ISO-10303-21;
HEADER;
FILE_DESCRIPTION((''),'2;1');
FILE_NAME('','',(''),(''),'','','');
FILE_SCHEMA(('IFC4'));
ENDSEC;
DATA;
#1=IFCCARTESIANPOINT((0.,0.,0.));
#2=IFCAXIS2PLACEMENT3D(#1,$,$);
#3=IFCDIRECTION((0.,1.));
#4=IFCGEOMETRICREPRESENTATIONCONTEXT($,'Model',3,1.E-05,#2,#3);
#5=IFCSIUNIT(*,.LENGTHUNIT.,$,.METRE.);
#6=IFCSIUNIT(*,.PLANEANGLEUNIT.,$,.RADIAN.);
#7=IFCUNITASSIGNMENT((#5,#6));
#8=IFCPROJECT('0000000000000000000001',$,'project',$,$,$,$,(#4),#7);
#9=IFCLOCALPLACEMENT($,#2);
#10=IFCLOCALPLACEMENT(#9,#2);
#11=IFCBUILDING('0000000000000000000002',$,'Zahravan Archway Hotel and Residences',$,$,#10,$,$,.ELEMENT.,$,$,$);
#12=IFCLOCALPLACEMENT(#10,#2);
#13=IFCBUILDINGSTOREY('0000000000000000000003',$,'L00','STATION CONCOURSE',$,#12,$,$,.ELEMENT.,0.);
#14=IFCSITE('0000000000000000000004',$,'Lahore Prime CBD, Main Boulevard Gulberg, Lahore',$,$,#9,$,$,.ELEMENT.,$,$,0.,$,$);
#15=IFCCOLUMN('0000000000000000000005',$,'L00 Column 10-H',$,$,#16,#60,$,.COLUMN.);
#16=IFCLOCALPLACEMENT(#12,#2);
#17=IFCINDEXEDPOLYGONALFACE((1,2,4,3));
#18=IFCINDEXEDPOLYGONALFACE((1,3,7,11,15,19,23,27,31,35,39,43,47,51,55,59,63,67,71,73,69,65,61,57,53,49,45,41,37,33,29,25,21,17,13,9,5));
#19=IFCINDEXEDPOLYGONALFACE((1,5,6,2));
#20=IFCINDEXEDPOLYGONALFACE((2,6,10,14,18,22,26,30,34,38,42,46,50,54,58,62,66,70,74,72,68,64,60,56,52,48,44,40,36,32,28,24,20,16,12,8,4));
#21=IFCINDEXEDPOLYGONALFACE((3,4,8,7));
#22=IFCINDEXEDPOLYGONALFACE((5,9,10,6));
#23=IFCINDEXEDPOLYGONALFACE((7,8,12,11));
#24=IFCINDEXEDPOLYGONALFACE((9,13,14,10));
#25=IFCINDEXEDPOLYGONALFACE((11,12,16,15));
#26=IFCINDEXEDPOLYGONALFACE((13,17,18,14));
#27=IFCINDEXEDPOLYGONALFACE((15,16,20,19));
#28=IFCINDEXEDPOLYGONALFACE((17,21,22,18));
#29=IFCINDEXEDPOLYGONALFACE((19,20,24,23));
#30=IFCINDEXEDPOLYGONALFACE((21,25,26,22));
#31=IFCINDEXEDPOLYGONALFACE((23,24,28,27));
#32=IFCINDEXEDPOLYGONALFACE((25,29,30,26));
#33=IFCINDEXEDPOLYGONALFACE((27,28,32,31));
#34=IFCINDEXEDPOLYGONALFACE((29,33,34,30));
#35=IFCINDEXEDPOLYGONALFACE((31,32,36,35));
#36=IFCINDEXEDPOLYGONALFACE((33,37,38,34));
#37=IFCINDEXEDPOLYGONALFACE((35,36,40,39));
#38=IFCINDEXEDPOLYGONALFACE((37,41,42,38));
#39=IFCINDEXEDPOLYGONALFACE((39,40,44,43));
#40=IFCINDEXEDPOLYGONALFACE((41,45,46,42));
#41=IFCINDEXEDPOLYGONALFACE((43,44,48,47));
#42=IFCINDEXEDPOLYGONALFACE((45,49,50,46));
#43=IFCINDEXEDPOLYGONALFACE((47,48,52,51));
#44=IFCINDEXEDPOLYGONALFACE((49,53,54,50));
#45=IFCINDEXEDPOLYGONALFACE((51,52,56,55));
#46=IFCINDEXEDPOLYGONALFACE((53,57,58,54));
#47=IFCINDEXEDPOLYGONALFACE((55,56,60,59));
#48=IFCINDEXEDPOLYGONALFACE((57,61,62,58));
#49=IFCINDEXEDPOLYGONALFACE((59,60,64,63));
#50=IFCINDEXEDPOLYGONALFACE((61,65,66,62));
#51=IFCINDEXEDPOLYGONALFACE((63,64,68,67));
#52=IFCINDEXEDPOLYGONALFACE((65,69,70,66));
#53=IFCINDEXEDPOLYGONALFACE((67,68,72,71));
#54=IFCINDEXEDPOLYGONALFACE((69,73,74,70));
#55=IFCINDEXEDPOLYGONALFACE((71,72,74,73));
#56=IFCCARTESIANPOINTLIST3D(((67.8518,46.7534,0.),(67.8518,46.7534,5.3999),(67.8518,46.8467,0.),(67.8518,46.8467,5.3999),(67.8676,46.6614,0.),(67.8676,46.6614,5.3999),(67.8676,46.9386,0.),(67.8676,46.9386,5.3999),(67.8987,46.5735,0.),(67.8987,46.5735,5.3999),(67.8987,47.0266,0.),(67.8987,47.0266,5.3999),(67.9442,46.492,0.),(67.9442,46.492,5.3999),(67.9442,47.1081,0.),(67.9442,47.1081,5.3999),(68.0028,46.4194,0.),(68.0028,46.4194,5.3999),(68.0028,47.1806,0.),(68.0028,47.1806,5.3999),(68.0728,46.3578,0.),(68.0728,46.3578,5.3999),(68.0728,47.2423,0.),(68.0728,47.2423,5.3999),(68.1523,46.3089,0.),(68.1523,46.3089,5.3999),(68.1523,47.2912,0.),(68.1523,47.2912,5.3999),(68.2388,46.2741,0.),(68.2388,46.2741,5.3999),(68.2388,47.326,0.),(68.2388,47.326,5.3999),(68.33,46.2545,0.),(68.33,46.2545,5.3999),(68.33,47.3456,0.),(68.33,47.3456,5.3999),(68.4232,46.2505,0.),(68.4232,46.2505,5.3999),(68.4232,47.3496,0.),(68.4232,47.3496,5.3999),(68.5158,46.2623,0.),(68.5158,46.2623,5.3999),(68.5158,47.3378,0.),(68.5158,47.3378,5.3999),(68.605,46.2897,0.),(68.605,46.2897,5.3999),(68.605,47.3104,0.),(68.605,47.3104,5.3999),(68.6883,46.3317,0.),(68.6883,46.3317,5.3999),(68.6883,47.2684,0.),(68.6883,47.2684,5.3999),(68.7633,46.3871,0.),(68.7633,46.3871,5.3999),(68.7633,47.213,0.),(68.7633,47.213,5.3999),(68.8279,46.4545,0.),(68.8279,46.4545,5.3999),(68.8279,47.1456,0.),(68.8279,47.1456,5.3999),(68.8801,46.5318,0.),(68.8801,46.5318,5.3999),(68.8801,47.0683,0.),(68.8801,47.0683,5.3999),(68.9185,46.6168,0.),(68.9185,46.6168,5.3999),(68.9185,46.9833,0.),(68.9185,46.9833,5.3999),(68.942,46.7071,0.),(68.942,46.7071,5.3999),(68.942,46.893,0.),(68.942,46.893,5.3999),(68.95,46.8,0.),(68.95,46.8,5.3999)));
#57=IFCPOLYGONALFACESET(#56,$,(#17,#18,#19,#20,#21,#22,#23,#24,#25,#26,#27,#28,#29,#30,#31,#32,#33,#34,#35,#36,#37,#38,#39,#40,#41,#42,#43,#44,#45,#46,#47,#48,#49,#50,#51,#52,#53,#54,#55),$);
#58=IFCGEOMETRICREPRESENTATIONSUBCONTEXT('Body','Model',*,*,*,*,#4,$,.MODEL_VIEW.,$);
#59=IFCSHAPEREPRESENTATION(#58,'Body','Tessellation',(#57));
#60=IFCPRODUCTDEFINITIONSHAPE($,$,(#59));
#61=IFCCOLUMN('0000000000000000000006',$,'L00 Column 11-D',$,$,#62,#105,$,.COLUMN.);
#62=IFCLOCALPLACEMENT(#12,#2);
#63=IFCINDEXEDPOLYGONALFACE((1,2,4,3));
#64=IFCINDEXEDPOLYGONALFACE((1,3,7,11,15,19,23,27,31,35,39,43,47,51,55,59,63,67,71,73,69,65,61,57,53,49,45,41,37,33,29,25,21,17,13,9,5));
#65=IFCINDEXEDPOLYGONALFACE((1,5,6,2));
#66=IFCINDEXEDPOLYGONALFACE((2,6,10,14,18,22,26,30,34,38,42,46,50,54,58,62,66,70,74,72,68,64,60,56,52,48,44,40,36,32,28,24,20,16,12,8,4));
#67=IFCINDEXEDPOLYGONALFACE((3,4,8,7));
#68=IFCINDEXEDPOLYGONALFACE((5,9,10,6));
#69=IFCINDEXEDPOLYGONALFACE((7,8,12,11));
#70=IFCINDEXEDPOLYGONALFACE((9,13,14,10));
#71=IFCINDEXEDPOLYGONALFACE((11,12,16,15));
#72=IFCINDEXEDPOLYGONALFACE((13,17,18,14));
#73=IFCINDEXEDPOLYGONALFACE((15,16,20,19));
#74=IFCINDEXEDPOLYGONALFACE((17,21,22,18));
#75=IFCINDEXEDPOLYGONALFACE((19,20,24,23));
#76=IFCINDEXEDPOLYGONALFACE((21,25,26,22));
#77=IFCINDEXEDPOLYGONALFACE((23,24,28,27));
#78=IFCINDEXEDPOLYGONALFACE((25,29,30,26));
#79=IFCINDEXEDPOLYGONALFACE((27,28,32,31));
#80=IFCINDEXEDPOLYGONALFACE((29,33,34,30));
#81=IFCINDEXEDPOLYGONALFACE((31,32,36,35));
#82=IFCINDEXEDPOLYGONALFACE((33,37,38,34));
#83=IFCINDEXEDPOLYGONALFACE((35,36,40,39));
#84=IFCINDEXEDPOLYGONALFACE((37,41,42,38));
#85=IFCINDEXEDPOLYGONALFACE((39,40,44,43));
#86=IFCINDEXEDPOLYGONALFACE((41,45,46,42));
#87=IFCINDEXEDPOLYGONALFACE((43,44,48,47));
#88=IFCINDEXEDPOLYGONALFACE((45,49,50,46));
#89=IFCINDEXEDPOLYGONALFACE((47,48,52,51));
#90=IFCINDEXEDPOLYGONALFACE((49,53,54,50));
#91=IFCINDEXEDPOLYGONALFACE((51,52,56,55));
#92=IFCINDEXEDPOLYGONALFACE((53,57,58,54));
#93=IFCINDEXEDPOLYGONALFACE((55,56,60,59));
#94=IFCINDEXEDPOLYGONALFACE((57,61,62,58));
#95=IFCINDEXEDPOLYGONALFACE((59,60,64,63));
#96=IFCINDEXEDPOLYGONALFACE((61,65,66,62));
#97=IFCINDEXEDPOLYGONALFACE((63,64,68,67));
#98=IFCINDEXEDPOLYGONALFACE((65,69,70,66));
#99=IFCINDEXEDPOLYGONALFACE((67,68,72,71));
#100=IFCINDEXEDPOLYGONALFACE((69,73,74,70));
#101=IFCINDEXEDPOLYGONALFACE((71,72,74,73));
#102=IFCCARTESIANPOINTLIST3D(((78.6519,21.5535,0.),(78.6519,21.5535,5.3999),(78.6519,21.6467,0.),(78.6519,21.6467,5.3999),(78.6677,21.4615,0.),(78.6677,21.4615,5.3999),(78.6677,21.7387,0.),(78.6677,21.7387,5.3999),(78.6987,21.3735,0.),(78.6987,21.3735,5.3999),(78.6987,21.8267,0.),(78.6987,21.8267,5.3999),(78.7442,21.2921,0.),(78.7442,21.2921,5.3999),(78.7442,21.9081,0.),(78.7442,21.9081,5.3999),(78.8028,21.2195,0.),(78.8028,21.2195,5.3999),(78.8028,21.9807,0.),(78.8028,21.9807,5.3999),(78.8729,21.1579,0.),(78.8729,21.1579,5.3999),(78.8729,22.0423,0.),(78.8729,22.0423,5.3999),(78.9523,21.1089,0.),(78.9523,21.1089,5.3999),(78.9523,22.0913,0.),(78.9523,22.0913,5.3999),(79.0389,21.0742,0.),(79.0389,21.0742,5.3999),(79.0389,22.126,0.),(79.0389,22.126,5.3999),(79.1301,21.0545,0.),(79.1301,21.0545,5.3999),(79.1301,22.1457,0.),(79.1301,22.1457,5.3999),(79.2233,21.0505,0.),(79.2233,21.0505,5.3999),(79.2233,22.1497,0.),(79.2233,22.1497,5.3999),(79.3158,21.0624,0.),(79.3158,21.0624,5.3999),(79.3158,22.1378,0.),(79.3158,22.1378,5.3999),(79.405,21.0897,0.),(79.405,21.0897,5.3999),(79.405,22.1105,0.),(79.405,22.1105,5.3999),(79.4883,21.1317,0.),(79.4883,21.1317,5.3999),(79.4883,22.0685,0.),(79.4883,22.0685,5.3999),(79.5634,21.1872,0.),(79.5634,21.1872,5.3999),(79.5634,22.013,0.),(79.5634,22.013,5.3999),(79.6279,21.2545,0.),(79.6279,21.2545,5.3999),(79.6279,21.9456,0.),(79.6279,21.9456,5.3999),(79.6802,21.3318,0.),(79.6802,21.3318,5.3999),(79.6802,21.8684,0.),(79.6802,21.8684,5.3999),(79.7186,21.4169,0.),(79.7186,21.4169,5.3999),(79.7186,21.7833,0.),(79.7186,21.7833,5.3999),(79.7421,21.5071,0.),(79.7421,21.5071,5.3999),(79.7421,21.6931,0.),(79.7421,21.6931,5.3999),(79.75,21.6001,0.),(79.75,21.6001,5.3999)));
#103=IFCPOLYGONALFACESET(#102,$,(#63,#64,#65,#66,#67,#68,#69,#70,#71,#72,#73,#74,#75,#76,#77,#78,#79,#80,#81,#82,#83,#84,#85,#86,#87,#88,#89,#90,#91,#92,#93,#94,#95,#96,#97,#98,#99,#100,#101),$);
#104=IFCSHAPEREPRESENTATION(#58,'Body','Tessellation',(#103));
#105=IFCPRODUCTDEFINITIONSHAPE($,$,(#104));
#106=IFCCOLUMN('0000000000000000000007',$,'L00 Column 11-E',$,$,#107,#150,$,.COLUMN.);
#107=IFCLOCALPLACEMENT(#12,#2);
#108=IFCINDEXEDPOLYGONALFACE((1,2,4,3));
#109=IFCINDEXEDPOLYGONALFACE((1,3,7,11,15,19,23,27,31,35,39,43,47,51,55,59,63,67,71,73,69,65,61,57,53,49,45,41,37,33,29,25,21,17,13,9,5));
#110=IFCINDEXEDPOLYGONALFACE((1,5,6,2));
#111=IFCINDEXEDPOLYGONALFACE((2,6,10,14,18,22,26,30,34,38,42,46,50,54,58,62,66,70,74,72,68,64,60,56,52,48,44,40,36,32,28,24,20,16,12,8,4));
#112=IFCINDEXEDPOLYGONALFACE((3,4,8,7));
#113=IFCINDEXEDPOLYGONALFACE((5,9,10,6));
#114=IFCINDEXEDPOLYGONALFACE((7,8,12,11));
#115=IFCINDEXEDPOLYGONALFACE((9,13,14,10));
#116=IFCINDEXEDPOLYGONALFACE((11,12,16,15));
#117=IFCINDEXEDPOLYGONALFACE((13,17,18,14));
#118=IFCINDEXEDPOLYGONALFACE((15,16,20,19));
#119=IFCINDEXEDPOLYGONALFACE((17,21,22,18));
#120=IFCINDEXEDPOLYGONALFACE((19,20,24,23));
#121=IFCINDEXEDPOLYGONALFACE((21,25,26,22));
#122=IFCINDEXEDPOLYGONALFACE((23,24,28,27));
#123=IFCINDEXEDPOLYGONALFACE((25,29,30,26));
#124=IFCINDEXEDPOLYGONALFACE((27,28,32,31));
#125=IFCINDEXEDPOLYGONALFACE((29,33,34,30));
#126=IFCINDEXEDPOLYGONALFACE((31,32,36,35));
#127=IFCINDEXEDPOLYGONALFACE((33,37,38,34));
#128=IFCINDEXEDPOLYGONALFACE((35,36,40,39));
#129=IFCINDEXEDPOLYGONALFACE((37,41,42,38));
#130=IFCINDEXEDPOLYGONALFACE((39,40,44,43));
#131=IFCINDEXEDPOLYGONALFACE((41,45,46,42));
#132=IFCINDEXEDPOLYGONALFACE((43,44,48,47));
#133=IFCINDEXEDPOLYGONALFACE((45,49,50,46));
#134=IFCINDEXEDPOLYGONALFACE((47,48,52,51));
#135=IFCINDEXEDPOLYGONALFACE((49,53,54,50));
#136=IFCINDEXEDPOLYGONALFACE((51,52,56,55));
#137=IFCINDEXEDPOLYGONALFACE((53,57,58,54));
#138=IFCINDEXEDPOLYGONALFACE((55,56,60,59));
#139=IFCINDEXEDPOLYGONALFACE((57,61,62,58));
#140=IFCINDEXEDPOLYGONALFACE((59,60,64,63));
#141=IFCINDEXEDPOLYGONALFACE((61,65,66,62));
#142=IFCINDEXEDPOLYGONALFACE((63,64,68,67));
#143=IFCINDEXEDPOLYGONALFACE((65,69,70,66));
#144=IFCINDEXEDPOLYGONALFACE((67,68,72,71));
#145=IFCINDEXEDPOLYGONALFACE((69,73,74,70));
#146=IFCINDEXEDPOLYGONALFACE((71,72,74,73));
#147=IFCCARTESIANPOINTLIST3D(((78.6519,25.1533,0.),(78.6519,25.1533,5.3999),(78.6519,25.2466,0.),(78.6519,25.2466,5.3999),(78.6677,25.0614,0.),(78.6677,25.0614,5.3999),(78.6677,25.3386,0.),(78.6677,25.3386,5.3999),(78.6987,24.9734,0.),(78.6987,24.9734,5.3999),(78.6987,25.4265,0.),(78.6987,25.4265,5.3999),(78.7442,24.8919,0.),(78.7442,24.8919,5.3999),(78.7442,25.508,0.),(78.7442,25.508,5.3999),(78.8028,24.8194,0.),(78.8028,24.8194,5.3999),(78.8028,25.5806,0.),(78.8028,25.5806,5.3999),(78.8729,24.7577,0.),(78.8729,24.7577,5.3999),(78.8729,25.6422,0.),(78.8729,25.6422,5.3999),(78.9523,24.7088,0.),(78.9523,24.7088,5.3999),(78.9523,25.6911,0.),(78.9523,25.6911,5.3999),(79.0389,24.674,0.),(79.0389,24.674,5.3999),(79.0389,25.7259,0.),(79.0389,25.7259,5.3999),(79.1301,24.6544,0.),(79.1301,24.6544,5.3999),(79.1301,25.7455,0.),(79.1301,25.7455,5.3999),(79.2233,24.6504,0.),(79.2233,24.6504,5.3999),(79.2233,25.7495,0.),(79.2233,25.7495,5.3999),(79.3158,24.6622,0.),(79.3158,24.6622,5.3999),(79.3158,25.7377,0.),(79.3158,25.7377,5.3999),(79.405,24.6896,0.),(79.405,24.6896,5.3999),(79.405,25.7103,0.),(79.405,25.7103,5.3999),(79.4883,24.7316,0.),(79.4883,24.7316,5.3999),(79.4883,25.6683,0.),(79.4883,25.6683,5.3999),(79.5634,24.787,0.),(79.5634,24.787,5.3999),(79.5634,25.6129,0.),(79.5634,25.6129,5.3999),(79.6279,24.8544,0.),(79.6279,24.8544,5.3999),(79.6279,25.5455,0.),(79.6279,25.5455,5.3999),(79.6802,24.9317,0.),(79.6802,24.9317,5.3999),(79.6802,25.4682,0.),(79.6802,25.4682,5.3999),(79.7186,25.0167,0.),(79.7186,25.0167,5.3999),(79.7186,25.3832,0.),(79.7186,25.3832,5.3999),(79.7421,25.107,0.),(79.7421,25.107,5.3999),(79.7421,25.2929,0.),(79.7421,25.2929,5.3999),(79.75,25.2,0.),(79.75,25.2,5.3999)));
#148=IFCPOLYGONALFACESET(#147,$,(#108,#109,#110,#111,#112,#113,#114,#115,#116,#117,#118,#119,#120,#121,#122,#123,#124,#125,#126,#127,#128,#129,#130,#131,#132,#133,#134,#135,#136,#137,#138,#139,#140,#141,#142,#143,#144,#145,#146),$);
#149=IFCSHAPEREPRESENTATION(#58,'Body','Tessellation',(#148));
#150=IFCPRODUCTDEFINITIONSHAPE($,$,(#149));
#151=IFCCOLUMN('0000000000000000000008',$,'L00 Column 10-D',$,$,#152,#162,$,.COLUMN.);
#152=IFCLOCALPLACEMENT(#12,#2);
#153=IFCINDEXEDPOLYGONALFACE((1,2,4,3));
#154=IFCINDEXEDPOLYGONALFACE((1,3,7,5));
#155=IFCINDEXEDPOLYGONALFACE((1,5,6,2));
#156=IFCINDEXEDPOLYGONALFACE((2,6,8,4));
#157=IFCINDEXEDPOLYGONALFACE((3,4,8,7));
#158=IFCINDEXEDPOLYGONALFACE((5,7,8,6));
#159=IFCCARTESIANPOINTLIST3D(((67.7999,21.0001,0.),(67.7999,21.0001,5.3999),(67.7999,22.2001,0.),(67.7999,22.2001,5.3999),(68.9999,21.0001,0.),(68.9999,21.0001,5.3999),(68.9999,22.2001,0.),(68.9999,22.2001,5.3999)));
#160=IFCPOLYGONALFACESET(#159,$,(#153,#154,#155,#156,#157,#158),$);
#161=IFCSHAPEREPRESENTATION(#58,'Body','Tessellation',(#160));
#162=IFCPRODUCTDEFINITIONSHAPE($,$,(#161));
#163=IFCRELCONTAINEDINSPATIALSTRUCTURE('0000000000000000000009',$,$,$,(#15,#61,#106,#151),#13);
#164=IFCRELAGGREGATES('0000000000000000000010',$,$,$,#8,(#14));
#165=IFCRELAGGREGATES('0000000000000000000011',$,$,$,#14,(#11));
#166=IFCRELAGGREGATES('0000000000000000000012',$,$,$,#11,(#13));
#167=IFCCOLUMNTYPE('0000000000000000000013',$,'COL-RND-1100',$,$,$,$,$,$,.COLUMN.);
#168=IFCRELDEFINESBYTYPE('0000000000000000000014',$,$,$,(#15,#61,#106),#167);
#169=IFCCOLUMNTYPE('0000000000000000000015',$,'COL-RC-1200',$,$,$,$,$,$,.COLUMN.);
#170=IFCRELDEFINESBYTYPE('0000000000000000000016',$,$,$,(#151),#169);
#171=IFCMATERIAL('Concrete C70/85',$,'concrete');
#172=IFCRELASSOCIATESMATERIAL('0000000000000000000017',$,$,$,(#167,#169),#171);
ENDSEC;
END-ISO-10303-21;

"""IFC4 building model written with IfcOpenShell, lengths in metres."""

from ifc_helpers import new_model, si_unit, direction, frame, origin, origin_2d, place, context, subcontext, project, spatial, rectangle, circle, extrude, source, transform, mapped, material, material_profile, profile_set, type_object, type_shapes, element, save


model = new_model("IFC4")

# Units and contexts
model_context = context("Model", 3, precision=1e-05, world=origin(), true_north=direction((0.0, 1.0)))
body_context = subcontext(model_context, "Body", "Model", "MODEL_VIEW")
ifc_project = project(units=[si_unit("LENGTHUNIT", "METRE"), si_unit("PLANEANGLEUNIT", "RADIAN")], contexts=[model_context])

# Site, building, storey
site_placement = place(None, origin())
site = spatial("IfcSite", under=ifc_project, at=site_placement, Name="Lahore Prime CBD, Main Boulevard Gulberg, Lahore", CompositionType="ELEMENT", RefElevation=0.0)
building_placement = place(site_placement, origin())
building = spatial("IfcBuilding", under=site, at=building_placement, Name="Zahravan Archway Hotel and Residences", CompositionType="ELEMENT")
storey_placement = place(building_placement, origin())
storey = spatial("IfcBuildingStorey", under=building, at=storey_placement, Name="L00", Description="STATION CONCOURSE", CompositionType="ELEMENT", Elevation=0.0)

# Columns
ifc_material_1 = material(Name="Concrete C70/85", Category="concrete")
ifc_material_profile_1 = material_profile(ifc_material_1, circle(Radius=0.55, at=origin_2d()), Name="RC-CIRC-1100", Category="concrete")
ifc_profile_set_1 = profile_set([ifc_material_profile_1], Name="Concrete C70/85")
column_type_1 = type_object("IfcColumnType", Name="COL-RND-1100", PredefinedType="COLUMN", material=ifc_profile_set_1)
shared_shape_1 = source(origin(), body_context, "Body", "SweptSolid", [
    extrude(circle(Radius=0.55, at=origin_2d()), origin(), (0.0, 0.0, 1.0), 5.3999),
])
type_shapes(column_type_1, [shared_shape_1])
for number, where, z_axis, x_axis, name in (
    (1, (68.3999, 46.8, 0.0), (0.0, 0.0, 1.0), (1.0, 0.0, 0.0), "L00 Column 10-H"),
    (2, (79.2, 21.6001, 0.0), (0.0, 0.0, 1.0), (1.0, 0.0, 0.0), "L00 Column 11-D"),
    (3, (79.2, 25.2, 0.0), (0.0, 0.0, 1.0), (1.0, 0.0, 0.0), "L00 Column 11-E"),
):
    element("IfcColumn", number, at=place(storey_placement, frame(where, z_axis=z_axis, x_axis=x_axis)), inside=storey, type_object=column_type_1, Name=name, PredefinedType="COLUMN", context=body_context, shape_type="MappedRepresentation", body=[
        mapped(shared_shape_1, transform((0.0, 0.0, 0.0), scale=1.0)),
    ])
ifc_material_profile_2 = material_profile(ifc_material_1, rectangle(XDim=1.2, YDim=1.2, at=origin_2d()), Name="RC-COL-1200x1200", Category="concrete")
ifc_profile_set_2 = profile_set([ifc_material_profile_2], Name="Concrete C70/85")
column_type_2 = type_object("IfcColumnType", Name="COL-RC-1200", PredefinedType="COLUMN", material=ifc_profile_set_2)
shared_shape_2 = source(origin(), body_context, "Body", "SweptSolid", [
    extrude(rectangle(XDim=1.2, YDim=1.2, at=origin_2d()), origin(), (0.0, 0.0, 1.0), 5.3999),
])
column_1_placement = place(storey_placement, frame((68.3999, 21.6001, 0.0), z_axis=(0.0, 0.0, 1.0), x_axis=(1.0, 0.0, 0.0)))
element("IfcColumn", 4, at=column_1_placement, inside=storey, type_object=column_type_2, Name="L00 Column 10-D", PredefinedType="COLUMN", context=body_context, shape_type="MappedRepresentation", body=[
    mapped(shared_shape_2, transform((0.0, 0.0, 0.0), scale=1.0)),
])

save(model, "model.ifc")
